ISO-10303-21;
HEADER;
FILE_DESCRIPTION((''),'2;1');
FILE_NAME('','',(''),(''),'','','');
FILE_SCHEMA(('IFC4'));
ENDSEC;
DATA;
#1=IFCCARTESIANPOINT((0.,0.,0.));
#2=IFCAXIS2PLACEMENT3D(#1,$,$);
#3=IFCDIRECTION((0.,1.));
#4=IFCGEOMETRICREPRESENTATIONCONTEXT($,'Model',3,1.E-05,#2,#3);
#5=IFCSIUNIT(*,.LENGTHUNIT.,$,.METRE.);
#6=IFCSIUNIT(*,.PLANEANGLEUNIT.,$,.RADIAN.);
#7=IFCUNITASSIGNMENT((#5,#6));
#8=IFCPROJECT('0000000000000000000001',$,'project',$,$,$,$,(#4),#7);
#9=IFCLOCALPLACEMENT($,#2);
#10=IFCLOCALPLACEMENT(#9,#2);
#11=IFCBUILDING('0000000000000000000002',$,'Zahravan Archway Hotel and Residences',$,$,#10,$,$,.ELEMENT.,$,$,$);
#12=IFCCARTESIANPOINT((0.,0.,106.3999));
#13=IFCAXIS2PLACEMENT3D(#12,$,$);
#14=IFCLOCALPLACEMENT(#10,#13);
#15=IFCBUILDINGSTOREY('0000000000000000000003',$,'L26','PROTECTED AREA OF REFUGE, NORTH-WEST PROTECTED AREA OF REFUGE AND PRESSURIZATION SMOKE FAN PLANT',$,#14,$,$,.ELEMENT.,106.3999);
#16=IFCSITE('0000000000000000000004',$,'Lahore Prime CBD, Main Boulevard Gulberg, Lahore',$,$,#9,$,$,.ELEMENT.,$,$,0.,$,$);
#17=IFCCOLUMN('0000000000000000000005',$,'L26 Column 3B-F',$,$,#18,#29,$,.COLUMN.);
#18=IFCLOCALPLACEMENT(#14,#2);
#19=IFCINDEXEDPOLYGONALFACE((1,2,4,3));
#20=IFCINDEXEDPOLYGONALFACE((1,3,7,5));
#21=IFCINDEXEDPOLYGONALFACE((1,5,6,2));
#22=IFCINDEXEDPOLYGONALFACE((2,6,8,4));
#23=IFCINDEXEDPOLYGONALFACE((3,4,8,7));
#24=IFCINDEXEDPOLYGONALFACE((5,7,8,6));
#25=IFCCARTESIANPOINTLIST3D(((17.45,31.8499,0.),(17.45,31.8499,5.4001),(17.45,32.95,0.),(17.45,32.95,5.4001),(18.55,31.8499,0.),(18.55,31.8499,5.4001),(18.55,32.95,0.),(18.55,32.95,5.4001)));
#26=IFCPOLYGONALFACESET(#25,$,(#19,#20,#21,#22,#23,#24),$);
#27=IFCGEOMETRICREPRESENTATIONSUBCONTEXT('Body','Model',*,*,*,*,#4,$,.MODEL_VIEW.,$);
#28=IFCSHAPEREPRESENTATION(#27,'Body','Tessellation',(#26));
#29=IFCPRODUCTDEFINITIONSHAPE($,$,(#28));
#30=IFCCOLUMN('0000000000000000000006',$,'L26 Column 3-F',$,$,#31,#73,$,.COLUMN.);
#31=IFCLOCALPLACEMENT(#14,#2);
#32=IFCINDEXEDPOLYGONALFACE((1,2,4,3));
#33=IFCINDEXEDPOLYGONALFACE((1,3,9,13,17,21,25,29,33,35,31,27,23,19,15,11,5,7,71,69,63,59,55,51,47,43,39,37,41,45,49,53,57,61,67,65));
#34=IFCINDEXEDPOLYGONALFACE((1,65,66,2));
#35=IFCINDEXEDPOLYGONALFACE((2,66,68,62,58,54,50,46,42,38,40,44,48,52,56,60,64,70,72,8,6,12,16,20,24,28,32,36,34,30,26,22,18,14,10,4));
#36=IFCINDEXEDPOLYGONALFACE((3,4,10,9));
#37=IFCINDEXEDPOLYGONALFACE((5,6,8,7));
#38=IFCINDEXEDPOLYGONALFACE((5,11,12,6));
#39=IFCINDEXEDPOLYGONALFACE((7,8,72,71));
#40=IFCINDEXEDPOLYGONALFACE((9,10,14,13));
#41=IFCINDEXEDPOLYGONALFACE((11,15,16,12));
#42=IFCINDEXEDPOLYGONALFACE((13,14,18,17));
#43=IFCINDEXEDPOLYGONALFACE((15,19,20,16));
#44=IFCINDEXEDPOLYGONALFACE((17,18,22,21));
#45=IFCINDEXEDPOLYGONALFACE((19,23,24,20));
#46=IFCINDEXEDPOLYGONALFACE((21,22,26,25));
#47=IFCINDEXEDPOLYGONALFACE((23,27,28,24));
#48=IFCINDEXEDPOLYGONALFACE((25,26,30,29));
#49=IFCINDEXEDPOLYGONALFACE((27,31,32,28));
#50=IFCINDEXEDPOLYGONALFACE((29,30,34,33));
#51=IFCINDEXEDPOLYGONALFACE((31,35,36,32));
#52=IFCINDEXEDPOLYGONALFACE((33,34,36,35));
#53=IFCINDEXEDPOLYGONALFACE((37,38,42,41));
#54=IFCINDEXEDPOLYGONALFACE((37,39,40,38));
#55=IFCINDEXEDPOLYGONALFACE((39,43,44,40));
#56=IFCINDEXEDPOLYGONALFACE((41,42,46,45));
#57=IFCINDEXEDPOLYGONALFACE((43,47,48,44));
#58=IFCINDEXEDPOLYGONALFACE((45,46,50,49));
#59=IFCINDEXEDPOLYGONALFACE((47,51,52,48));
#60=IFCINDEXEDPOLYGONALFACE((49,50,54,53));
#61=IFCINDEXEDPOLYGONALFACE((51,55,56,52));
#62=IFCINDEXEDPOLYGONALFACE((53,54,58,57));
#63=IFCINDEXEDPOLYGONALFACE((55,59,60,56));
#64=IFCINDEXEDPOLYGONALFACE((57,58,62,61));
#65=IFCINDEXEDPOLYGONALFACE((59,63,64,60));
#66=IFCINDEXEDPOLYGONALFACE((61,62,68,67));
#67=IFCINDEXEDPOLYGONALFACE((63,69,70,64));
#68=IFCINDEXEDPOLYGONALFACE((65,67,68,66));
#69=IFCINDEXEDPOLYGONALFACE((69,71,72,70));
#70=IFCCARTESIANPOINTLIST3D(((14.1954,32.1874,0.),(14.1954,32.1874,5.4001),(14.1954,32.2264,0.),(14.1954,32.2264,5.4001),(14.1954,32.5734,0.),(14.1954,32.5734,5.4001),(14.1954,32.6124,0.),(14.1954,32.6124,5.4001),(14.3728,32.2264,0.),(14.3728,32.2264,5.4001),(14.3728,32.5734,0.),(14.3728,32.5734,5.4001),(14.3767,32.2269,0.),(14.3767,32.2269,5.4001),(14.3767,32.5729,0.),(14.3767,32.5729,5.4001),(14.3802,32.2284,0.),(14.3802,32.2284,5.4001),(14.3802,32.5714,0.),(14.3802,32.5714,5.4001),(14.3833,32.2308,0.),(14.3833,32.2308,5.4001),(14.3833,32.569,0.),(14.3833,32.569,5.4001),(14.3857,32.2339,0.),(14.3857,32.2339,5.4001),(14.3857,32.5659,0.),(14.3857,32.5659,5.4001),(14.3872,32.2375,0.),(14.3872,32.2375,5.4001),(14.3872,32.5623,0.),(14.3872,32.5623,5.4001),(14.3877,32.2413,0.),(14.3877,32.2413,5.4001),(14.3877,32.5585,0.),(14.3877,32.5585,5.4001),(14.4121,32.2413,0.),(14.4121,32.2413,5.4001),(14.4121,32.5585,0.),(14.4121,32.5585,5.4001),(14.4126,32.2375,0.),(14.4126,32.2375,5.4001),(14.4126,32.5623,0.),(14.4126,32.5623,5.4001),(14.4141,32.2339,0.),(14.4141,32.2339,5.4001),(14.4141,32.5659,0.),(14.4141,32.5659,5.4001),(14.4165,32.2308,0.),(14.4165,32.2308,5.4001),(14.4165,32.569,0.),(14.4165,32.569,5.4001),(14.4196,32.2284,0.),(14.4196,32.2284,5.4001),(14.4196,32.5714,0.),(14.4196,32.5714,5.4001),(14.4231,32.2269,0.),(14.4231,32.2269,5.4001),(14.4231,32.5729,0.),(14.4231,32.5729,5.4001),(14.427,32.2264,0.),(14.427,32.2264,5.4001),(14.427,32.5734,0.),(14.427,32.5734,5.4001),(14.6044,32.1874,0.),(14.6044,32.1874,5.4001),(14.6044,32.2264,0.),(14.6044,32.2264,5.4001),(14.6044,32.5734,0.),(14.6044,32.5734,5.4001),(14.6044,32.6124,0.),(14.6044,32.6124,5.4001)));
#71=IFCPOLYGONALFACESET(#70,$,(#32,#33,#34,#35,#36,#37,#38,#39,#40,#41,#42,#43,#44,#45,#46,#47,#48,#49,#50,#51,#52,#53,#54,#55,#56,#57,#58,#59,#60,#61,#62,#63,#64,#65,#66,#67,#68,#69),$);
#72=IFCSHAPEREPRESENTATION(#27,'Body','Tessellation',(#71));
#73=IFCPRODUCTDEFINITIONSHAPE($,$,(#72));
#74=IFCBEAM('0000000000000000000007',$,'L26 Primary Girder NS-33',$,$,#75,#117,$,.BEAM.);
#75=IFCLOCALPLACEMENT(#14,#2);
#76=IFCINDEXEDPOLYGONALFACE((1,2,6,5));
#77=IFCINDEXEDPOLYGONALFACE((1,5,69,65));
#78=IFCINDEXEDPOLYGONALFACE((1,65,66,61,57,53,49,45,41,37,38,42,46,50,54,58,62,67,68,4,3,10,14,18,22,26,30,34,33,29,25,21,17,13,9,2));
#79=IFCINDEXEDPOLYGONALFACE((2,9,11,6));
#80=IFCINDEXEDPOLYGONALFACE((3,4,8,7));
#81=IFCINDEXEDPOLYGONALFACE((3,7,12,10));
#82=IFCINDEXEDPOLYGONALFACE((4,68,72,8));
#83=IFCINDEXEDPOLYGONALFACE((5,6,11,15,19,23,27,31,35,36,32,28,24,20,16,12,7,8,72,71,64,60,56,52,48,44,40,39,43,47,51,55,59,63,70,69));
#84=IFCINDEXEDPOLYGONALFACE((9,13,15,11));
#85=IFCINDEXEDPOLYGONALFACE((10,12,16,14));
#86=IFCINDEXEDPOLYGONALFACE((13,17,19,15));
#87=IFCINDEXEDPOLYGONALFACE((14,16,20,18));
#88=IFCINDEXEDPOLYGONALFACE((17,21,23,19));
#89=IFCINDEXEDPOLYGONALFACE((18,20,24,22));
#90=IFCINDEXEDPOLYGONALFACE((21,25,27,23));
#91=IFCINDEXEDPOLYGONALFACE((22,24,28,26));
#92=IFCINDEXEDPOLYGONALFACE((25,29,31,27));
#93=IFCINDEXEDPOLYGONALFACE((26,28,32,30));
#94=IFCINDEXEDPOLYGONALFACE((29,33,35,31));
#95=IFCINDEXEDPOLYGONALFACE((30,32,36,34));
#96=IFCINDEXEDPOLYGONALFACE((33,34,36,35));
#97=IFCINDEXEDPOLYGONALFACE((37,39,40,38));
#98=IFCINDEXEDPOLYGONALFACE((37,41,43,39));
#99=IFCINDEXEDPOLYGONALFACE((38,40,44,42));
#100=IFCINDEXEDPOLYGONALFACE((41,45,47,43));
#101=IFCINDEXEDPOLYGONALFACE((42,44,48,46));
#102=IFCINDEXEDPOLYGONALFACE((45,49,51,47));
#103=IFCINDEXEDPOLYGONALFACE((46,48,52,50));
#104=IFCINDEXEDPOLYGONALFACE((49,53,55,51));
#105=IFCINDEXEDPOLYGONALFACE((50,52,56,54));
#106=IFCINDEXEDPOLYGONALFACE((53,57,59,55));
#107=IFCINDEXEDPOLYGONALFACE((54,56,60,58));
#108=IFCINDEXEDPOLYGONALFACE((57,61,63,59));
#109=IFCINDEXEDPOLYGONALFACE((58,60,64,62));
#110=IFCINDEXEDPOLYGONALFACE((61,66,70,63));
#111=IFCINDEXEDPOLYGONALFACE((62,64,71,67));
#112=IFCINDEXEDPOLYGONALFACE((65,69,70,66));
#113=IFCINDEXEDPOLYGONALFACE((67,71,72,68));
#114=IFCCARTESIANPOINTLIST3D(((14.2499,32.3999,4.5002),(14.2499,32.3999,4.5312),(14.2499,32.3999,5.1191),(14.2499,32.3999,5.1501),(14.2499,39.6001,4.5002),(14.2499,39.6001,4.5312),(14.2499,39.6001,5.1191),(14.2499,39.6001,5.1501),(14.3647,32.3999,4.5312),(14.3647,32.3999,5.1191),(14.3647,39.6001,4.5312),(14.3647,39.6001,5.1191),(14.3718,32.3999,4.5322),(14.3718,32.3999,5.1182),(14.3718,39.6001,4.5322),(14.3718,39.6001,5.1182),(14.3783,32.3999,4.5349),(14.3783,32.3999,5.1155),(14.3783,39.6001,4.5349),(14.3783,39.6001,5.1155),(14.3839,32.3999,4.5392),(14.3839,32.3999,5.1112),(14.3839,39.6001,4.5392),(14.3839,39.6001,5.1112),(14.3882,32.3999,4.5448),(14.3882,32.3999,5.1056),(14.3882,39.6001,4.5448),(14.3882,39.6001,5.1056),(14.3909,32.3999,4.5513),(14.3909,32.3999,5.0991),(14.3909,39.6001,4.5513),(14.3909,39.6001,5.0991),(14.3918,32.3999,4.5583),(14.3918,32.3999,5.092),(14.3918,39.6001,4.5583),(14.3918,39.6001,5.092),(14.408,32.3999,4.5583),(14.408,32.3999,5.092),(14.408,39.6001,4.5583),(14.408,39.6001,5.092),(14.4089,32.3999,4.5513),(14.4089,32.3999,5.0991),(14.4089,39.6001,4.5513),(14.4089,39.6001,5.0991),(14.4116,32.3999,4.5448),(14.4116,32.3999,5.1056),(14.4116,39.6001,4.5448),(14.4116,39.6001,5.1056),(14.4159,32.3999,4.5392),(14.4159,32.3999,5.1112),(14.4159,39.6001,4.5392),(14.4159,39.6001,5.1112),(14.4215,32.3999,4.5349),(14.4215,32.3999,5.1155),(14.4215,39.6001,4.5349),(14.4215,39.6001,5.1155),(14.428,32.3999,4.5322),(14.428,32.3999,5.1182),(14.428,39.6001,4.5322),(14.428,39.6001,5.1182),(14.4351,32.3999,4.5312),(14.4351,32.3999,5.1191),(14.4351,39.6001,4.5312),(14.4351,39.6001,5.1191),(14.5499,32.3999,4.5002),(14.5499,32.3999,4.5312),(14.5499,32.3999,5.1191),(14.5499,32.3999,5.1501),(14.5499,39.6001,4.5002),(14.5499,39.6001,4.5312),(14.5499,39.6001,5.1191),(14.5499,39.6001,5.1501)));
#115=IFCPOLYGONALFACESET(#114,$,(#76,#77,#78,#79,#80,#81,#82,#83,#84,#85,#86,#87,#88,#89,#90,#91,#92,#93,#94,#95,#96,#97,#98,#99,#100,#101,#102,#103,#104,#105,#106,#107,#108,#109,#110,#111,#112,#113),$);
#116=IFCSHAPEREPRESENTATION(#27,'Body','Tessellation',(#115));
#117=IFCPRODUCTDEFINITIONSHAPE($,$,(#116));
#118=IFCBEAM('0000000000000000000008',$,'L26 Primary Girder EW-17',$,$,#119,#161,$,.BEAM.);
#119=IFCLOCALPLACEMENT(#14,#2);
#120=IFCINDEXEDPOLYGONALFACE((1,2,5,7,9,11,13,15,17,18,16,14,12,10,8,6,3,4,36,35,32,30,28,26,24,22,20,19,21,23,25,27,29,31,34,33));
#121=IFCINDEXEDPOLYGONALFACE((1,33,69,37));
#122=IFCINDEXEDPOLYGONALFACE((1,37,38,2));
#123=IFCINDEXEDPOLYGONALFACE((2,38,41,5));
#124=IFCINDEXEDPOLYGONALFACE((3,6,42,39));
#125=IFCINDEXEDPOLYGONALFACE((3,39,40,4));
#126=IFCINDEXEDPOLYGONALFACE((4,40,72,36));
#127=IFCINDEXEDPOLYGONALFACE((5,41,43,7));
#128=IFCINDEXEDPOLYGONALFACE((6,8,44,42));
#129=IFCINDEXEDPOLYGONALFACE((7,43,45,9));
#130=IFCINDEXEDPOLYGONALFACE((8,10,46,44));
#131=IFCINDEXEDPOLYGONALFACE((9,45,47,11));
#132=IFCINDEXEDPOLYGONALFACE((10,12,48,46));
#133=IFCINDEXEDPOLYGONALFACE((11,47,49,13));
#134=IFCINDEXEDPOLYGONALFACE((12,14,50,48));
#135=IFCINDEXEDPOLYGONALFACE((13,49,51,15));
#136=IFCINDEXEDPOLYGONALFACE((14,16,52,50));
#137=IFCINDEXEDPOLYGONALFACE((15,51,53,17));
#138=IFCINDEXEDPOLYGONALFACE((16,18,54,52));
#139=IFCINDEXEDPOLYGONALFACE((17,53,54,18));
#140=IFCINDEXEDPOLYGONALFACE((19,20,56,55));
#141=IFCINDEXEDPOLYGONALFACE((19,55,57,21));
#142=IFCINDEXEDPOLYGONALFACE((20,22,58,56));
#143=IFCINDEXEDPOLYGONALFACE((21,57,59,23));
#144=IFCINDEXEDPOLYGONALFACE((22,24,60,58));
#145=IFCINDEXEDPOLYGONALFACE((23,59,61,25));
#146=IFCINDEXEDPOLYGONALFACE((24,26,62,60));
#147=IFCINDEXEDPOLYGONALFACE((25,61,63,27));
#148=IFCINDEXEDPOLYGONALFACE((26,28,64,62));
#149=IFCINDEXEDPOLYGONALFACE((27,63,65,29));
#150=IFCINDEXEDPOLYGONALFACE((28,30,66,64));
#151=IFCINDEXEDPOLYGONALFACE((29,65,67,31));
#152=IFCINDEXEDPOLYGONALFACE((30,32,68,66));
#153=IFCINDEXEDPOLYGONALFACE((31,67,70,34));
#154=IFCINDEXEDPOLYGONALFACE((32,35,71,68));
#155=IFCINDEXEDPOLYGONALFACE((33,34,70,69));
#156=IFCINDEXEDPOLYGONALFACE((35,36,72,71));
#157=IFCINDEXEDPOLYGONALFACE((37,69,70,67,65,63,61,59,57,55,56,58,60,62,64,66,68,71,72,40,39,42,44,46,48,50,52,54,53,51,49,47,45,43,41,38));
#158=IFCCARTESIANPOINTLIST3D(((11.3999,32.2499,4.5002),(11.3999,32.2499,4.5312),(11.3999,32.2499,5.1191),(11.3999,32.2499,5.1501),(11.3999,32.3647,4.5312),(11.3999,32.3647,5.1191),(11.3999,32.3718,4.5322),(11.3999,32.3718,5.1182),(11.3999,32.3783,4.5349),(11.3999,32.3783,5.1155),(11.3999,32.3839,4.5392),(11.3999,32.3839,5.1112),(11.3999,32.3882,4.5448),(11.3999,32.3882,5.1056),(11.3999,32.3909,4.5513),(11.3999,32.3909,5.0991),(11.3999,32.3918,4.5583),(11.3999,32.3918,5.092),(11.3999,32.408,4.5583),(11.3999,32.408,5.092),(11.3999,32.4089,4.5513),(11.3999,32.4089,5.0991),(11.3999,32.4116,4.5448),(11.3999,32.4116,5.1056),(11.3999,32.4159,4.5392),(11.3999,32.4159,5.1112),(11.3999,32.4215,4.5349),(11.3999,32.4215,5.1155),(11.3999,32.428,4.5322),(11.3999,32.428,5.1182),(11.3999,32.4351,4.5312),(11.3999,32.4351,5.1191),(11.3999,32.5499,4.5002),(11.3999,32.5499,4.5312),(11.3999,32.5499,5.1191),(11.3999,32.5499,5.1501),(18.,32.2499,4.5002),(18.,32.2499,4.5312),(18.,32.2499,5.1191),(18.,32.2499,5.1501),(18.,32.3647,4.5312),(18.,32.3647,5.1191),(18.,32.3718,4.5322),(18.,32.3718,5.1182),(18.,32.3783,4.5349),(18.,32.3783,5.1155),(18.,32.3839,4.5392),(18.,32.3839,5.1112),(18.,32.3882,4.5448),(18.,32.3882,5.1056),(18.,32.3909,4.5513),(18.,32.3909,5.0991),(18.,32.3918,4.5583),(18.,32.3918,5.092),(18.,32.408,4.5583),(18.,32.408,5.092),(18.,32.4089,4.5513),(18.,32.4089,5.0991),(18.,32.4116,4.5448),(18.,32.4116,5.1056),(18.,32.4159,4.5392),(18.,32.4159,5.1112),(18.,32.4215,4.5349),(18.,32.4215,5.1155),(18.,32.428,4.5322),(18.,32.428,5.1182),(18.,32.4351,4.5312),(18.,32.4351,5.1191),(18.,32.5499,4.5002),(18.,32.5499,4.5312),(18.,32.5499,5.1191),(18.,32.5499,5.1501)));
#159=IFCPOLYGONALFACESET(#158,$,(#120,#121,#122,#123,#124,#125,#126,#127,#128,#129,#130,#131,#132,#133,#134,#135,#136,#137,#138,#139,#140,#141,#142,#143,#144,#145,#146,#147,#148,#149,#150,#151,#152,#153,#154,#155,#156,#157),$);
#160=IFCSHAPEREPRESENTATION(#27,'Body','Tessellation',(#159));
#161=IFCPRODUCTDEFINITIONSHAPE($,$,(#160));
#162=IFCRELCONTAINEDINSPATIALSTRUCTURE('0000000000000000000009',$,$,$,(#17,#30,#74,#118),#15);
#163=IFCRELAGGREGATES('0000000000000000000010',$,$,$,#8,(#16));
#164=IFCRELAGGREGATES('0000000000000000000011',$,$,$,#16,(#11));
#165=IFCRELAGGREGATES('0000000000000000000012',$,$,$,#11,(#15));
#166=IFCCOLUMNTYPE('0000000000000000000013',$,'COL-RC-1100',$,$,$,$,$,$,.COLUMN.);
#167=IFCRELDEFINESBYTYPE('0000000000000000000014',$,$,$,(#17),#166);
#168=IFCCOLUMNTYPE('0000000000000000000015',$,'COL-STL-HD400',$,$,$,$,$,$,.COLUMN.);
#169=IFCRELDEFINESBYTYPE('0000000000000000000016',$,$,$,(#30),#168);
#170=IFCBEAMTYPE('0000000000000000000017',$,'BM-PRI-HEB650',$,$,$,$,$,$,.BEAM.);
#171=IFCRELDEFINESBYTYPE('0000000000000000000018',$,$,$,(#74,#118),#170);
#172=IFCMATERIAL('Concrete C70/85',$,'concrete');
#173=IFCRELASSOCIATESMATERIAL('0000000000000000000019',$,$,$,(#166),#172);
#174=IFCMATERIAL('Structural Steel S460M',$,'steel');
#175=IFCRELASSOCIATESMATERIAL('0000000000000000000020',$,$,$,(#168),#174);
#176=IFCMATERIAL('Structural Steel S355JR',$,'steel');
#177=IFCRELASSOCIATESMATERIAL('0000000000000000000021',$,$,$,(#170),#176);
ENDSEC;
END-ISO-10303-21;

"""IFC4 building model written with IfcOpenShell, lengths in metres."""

from ifc_helpers import new_model, si_unit, direction, frame, origin, origin_2d, place, context, subcontext, project, spatial, rectangle, i_section, extrude, source, transform, mapped, material, material_profile, profile_set, type_object, type_shapes, element, save


model = new_model("IFC4")

# Units and contexts
model_context = context("Model", 3, precision=1e-05, world=origin(), true_north=direction((0.0, 1.0)))
body_context = subcontext(model_context, "Body", "Model", "MODEL_VIEW")
ifc_project = project(units=[si_unit("LENGTHUNIT", "METRE"), si_unit("PLANEANGLEUNIT", "RADIAN")], contexts=[model_context])

# Site, building, storey
site_placement = place(None, origin())
site = spatial("IfcSite", under=ifc_project, at=site_placement, Name="Lahore Prime CBD, Main Boulevard Gulberg, Lahore", CompositionType="ELEMENT", RefElevation=0.0)
building_placement = place(site_placement, origin())
building = spatial("IfcBuilding", under=site, at=building_placement, Name="Zahravan Archway Hotel and Residences", CompositionType="ELEMENT")
storey_placement = place(building_placement, frame((0.0, 0.0, 106.3999)))
storey = spatial("IfcBuildingStorey", under=building, at=storey_placement, Name="L26", Description="PROTECTED AREA OF REFUGE, NORTH-WEST PROTECTED AREA OF REFUGE AND PRESSURIZATION SMOKE FAN PLANT", CompositionType="ELEMENT", Elevation=106.3999)

# Columns
ifc_material_1 = material(Name="Concrete C70/85", Category="concrete")
ifc_material_profile_1 = material_profile(ifc_material_1, rectangle(XDim=1.1001, YDim=1.1001, at=origin_2d()), Name="RC 1100x1100", Category="concrete")
ifc_profile_set_1 = profile_set([ifc_material_profile_1], Name="Concrete C70/85")
column_type_1 = type_object("IfcColumnType", Name="COL-RC-1100", PredefinedType="COLUMN", material=ifc_profile_set_1)
shared_shape_1 = source(origin(), body_context, "Body", "SweptSolid", [
    extrude(rectangle(XDim=1.1001, YDim=1.1001, at=origin_2d()), origin(), (0.0, 0.0, 1.0), 5.4001),
])
column_1_placement = place(storey_placement, frame((18.0, 32.3999, 0.0), z_axis=(0.0, 0.0, 1.0), x_axis=(1.0, 0.0, 0.0)))
element("IfcColumn", 1, at=column_1_placement, inside=storey, type_object=column_type_1, Name="L26 Column 3B-F", PredefinedType="COLUMN", context=body_context, shape_type="MappedRepresentation", body=[
    mapped(shared_shape_1, transform((0.0, 0.0, 0.0), scale=1.0)),
])
ifc_material_2 = material(Name="Structural Steel S460M", Category="steel")
ifc_material_profile_2 = material_profile(ifc_material_2, i_section(OverallWidth=0.4089, OverallDepth=0.425, WebThickness=0.0244, FlangeThickness=0.0391, FilletRadius=0.0149, at=origin_2d()), Name="HD 400x421", Category="steel")
ifc_profile_set_2 = profile_set([ifc_material_profile_2], Name="Structural Steel S460M")
column_type_2 = type_object("IfcColumnType", Name="COL-STL-HD400", PredefinedType="COLUMN", material=ifc_profile_set_2)
shared_shape_2 = source(origin(), body_context, "Body", "SweptSolid", [
    extrude(i_section(OverallWidth=0.4089, OverallDepth=0.425, WebThickness=0.0244, FlangeThickness=0.0391, FilletRadius=0.0149, at=origin_2d()), origin(), (0.0, 0.0, 1.0), 5.4001),
])
column_2_placement = place(storey_placement, frame((14.3999, 32.3999, 0.0), z_axis=(0.0, 0.0, 1.0), x_axis=(1.0, 0.0, 0.0)))
element("IfcColumn", 2, at=column_2_placement, inside=storey, type_object=column_type_2, Name="L26 Column 3-F", PredefinedType="COLUMN", context=body_context, shape_type="MappedRepresentation", body=[
    mapped(shared_shape_2, transform((0.0, 0.0, 0.0), scale=1.0)),
])

# Beams
ifc_material_3 = material(Name="Structural Steel S355JR", Category="steel")
ifc_material_profile_3 = material_profile(ifc_material_3, i_section(OverallWidth=0.3, OverallDepth=0.6499, WebThickness=0.0161, FlangeThickness=0.031, FilletRadius=0.0271, at=origin_2d()), Name="HEB 650", Category="steel")
ifc_profile_set_3 = profile_set([ifc_material_profile_3], Name="Structural Steel S355JR")
beam_type_1 = type_object("IfcBeamType", Name="BM-PRI-HEB650", PredefinedType="BEAM", material=ifc_profile_set_3)
shared_shape_3 = source(origin(), body_context, "Body", "SweptSolid", [
    extrude(i_section(OverallWidth=0.3, OverallDepth=0.6499, WebThickness=0.0161, FlangeThickness=0.031, FilletRadius=0.0271, at=origin_2d()), origin(), (0.0, 0.0, 1.0), 7.2002),
])
type_shapes(beam_type_1, [shared_shape_3])
beam_1_placement = place(storey_placement, frame((14.3999, 32.3999, 4.8252), z_axis=(0.0, 1.0, 0.0), x_axis=(-1.0, 0.0, 0.0)))
element("IfcBeam", 3, at=beam_1_placement, inside=storey, type_object=beam_type_1, Name="L26 Primary Girder NS-33", PredefinedType="BEAM", context=body_context, shape_type="MappedRepresentation", body=[
    mapped(shared_shape_3, transform((0.0, 0.0, 0.0), scale=1.0)),
])
shared_shape_4 = source(origin(), body_context, "Body", "SweptSolid", [
    extrude(i_section(OverallWidth=0.3, OverallDepth=0.6499, WebThickness=0.0161, FlangeThickness=0.031, FilletRadius=0.0271, at=origin_2d()), origin(), (0.0, 0.0, 1.0), 6.6001),
])
beam_2_placement = place(storey_placement, frame((11.3999, 32.3999, 4.8252), z_axis=(1.0, 0.0, 0.0), x_axis=(0.0, 1.0, 0.0)))
element("IfcBeam", 4, at=beam_2_placement, inside=storey, type_object=beam_type_1, Name="L26 Primary Girder EW-17", PredefinedType="BEAM", context=body_context, shape_type="MappedRepresentation", body=[
    mapped(shared_shape_4, transform((0.0, 0.0, 0.0), scale=1.0)),
])

save(model, "model.ifc")
